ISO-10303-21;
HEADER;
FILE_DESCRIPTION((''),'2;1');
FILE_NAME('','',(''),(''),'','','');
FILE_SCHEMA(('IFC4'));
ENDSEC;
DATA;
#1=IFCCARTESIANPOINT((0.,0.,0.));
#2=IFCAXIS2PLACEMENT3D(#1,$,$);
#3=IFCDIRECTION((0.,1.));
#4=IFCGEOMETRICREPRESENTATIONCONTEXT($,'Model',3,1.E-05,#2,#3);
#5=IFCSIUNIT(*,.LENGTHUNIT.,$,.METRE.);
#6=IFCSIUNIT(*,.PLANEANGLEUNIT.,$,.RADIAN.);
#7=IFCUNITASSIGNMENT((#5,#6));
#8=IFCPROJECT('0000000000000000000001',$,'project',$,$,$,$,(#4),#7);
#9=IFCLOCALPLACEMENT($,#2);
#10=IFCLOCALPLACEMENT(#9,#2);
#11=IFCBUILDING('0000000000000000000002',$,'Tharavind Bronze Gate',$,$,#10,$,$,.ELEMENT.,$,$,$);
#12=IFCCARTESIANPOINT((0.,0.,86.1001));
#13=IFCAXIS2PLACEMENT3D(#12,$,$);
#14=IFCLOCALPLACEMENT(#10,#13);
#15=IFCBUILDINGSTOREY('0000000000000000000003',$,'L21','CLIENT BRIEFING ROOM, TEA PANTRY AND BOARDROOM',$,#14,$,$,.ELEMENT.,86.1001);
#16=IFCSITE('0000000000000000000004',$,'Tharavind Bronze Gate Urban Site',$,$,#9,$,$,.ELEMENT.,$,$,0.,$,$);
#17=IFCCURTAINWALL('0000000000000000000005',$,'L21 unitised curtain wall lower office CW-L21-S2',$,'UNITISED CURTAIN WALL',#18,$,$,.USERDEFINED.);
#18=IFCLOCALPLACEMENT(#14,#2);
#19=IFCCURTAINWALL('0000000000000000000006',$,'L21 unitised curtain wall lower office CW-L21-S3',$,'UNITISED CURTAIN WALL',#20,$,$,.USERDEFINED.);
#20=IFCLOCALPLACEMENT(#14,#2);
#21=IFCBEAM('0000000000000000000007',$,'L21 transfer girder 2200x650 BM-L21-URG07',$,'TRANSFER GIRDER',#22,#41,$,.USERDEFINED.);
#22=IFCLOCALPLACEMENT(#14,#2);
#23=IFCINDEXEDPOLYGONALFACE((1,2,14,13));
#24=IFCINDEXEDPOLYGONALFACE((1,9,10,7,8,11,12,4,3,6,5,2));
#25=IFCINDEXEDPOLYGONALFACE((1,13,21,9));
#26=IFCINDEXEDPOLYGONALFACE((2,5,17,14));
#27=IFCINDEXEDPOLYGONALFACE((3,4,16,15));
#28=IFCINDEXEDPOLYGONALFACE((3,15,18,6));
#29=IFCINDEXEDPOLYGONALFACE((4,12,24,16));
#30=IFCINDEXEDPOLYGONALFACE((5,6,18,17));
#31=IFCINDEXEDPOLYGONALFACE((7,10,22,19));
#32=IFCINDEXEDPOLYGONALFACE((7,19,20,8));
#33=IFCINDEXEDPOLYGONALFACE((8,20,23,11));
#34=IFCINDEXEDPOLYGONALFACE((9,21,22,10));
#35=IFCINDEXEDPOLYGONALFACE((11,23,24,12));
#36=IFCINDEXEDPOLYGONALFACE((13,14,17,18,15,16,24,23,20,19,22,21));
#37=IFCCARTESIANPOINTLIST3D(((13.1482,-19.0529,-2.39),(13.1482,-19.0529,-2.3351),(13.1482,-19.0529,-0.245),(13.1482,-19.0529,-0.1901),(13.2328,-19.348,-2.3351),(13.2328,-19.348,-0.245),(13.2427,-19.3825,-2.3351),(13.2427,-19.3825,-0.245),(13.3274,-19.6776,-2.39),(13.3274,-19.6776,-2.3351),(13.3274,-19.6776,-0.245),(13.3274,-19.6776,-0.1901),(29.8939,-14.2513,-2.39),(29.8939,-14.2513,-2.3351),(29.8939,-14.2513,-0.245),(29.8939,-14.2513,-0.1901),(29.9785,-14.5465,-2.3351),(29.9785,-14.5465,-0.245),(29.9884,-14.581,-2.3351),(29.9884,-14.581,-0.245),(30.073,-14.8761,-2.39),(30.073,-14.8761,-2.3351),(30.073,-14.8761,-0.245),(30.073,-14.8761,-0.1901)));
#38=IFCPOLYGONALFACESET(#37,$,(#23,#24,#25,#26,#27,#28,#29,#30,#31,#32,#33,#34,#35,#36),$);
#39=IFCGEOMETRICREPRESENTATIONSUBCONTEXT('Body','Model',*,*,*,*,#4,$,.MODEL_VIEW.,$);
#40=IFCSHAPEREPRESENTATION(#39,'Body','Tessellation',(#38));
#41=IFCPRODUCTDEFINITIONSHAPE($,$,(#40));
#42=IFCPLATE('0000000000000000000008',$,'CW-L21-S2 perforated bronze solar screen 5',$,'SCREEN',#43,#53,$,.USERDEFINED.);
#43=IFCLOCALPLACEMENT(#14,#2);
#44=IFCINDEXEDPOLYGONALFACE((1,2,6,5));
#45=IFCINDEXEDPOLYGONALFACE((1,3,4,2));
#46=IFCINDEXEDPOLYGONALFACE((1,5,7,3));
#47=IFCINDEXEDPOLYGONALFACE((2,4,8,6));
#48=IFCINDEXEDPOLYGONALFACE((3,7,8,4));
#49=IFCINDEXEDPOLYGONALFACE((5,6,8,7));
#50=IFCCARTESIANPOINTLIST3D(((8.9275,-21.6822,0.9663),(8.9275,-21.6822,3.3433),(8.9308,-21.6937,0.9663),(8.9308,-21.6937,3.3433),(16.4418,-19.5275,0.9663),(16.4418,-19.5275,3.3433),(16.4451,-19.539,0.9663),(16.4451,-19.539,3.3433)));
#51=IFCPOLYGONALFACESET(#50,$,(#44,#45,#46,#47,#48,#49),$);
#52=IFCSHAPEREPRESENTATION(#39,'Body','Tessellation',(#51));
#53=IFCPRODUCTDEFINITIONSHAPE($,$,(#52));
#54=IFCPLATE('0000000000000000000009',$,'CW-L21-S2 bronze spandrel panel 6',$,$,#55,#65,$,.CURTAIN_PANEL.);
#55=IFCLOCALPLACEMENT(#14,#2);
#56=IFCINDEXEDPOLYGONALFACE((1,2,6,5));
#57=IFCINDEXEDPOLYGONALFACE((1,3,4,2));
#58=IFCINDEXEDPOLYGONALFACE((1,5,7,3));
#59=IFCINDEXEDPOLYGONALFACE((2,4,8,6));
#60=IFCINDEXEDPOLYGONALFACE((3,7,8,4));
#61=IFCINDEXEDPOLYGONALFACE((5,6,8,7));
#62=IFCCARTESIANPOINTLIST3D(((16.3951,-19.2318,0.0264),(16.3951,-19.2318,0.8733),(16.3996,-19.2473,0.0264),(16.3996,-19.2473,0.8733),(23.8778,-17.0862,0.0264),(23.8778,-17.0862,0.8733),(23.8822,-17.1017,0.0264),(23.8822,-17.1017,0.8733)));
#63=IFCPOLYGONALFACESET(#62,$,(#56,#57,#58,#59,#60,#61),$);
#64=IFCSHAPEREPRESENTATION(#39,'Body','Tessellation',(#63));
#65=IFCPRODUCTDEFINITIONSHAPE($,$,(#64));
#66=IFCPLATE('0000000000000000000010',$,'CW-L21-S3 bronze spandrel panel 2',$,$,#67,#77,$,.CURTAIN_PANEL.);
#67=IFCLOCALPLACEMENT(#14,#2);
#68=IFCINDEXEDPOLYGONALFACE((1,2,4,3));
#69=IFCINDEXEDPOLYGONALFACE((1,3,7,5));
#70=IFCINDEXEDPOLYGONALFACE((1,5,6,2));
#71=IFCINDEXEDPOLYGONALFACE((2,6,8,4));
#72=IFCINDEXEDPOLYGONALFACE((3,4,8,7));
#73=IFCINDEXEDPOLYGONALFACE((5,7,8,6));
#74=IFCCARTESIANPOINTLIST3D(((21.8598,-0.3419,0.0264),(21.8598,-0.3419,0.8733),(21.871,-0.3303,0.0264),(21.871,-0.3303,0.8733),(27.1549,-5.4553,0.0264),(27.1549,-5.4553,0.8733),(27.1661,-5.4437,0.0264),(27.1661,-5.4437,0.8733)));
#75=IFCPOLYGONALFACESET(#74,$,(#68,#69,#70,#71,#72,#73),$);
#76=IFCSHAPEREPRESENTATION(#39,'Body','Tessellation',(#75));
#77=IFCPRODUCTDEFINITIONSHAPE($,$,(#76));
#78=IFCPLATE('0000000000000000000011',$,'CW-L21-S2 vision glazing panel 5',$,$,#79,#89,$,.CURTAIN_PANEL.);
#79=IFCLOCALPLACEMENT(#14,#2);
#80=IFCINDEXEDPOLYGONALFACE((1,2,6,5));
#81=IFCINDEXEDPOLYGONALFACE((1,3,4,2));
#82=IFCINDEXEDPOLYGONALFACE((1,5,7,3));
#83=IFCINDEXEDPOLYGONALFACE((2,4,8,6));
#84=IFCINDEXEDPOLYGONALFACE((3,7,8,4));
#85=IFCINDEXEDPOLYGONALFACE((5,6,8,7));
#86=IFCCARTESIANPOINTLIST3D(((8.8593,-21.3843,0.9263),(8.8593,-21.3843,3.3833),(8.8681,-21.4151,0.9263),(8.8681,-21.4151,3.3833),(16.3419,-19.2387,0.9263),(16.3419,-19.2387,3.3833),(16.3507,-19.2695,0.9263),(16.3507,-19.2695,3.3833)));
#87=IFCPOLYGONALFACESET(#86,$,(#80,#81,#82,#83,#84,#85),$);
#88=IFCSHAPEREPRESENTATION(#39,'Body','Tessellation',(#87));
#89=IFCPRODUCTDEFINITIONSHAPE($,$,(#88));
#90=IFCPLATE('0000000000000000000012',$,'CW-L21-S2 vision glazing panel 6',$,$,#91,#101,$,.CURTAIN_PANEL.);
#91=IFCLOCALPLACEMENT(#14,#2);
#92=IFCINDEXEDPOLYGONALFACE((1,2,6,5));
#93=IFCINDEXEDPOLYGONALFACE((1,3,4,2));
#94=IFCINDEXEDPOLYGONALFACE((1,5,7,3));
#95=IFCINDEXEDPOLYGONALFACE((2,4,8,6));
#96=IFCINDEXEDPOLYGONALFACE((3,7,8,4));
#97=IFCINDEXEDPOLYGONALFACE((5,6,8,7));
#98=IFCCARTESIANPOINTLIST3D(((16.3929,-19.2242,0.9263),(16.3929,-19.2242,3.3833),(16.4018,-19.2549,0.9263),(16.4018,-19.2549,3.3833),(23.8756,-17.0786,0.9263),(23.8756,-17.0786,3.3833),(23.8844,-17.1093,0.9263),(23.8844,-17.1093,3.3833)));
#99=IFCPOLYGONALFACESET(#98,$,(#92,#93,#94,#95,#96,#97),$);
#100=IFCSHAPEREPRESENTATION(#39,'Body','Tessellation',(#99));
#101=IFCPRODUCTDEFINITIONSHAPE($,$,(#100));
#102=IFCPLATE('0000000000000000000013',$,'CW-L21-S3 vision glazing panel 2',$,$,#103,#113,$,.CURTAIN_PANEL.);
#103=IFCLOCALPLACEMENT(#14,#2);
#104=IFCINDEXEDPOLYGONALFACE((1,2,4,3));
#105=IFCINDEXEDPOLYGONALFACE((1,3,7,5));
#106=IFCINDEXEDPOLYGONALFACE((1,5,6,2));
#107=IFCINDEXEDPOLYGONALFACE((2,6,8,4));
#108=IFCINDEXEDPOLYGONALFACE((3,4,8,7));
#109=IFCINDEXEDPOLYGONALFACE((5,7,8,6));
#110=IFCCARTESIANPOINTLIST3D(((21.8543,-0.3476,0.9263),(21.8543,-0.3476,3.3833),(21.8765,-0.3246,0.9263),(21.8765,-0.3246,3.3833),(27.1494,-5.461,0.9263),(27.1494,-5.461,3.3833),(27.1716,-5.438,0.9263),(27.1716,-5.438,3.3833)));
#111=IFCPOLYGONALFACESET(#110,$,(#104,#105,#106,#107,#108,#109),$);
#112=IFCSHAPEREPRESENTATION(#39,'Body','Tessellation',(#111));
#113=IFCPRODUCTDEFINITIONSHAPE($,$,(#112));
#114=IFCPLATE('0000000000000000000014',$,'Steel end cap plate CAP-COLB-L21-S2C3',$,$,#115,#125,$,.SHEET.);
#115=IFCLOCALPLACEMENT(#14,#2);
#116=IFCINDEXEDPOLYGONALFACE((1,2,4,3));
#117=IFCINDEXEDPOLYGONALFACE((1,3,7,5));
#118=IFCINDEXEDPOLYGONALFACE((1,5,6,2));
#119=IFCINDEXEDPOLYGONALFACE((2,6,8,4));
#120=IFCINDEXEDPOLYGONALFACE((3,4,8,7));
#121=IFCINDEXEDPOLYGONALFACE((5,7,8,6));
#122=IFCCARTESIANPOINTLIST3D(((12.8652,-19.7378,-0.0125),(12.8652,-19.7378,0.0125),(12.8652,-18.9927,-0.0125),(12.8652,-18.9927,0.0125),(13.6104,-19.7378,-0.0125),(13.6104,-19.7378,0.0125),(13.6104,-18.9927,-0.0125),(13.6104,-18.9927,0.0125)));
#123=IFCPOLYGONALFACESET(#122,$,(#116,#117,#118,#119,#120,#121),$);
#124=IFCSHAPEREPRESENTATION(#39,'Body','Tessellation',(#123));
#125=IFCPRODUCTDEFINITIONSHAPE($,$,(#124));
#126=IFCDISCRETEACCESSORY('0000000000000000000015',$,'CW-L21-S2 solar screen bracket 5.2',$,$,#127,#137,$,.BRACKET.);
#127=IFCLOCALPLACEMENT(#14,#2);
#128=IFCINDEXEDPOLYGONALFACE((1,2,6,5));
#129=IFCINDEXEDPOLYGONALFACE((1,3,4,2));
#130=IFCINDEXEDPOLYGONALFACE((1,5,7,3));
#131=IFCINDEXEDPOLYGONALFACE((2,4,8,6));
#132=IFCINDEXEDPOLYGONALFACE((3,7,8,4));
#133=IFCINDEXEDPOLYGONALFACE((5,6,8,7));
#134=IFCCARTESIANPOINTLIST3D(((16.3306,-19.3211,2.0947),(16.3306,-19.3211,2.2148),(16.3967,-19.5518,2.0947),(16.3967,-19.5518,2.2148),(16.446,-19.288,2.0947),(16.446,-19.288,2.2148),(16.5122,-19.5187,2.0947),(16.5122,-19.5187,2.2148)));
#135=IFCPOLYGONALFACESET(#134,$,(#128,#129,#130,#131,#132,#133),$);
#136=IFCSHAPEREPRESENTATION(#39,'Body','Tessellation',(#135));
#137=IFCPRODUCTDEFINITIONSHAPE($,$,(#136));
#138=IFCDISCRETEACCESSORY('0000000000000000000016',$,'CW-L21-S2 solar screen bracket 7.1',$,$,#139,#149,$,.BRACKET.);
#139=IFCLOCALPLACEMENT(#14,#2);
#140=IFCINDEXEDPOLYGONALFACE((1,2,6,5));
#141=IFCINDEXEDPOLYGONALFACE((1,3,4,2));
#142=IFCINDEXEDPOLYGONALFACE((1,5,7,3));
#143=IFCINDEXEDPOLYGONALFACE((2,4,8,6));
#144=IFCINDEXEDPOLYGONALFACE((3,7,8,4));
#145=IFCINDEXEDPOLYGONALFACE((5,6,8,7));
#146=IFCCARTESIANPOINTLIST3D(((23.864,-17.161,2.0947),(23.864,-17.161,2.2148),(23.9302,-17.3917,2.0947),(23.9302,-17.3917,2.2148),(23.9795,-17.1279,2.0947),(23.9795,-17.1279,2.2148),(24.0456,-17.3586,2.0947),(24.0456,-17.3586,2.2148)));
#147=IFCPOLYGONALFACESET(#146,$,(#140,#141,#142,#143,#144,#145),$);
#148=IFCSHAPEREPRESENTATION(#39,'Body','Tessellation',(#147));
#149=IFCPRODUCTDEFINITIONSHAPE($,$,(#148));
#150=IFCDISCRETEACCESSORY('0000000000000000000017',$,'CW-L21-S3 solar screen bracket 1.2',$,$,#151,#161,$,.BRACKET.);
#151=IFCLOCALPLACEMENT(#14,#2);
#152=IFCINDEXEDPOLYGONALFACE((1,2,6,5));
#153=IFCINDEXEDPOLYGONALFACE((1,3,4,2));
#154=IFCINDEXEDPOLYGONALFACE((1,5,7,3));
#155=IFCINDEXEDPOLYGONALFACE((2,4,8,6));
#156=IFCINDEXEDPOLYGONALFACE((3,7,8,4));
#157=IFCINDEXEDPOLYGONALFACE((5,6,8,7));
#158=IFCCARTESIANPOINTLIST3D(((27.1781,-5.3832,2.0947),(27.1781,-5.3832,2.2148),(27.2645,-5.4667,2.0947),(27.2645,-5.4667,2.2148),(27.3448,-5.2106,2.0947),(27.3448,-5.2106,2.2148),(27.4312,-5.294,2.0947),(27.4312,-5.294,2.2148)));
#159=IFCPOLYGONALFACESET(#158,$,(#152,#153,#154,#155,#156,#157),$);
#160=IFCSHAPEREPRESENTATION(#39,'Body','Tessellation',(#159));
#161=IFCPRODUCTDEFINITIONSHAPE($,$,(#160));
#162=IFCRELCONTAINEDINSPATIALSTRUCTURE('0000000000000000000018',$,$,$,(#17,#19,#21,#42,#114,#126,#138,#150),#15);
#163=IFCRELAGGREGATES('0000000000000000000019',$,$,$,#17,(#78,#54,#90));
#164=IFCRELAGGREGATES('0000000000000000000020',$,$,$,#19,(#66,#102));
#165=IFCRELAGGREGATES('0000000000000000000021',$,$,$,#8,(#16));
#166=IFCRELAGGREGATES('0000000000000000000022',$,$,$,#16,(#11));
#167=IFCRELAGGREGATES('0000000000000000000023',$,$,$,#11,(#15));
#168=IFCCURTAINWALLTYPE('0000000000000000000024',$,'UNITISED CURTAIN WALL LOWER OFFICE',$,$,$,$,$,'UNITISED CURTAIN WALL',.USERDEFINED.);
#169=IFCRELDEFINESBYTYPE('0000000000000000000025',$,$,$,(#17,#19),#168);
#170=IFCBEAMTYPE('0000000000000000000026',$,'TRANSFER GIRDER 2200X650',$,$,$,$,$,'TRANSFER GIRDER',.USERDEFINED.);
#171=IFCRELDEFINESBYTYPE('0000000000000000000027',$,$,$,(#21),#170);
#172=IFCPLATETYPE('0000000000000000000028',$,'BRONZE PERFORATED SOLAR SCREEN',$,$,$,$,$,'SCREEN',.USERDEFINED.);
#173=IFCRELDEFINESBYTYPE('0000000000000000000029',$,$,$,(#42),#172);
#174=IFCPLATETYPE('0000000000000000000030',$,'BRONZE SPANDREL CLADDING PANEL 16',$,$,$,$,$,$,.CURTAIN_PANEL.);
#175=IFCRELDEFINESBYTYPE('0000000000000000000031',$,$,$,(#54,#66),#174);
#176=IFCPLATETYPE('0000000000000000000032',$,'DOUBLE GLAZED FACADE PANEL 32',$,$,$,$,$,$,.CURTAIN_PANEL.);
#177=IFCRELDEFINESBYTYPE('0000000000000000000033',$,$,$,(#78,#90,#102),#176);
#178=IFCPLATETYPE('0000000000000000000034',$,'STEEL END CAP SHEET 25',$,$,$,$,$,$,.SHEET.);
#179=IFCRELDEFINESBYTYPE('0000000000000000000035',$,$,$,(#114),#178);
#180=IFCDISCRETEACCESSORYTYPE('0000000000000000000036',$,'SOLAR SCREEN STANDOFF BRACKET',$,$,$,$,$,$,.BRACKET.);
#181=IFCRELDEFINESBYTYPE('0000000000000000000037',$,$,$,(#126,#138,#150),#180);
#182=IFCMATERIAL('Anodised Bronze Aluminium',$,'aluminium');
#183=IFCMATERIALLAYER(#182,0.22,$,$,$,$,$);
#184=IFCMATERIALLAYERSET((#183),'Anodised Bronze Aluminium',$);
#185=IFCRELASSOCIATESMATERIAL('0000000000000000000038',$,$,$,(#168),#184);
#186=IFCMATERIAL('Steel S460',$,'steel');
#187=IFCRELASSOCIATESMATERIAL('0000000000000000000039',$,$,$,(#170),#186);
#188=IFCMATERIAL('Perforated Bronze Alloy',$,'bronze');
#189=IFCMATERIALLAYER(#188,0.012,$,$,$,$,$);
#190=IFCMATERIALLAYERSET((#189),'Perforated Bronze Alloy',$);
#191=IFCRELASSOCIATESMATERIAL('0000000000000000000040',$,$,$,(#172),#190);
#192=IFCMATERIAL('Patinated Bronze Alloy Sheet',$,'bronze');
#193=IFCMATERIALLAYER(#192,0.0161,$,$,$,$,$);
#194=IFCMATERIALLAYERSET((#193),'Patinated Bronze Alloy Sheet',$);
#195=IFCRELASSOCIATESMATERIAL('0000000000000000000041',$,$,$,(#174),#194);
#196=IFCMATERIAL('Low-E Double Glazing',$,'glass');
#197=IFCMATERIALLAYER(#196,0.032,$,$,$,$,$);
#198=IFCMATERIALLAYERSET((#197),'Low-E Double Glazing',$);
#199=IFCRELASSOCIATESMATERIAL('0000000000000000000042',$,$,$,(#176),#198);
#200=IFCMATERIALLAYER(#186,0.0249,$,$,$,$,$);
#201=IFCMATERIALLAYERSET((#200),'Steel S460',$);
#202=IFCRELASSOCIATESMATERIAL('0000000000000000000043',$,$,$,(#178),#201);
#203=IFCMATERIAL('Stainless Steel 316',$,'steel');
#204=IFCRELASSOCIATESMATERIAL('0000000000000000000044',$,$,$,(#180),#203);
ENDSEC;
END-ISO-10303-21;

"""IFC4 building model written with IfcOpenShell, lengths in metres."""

from ifc_helpers import new_model, si_unit, direction, frame, origin, origin_2d, place, context, subcontext, project, spatial, rectangle, i_section, extrude, material, layer, layer_set, material_profile, profile_set, type_object, element, aggregate, save


model = new_model("IFC4")

# Units and contexts
model_context = context("Model", 3, precision=1e-05, world=origin(), true_north=direction((0.0, 1.0)))
body_context = subcontext(model_context, "Body", "Model", "MODEL_VIEW")
ifc_project = project(units=[si_unit("LENGTHUNIT", "METRE"), si_unit("PLANEANGLEUNIT", "RADIAN")], contexts=[model_context])

# Site, building, storey
site_placement = place(None, origin())
site = spatial("IfcSite", under=ifc_project, at=site_placement, Name="Tharavind Bronze Gate Urban Site", CompositionType="ELEMENT", RefElevation=0.0)
building_placement = place(site_placement, origin())
building = spatial("IfcBuilding", under=site, at=building_placement, Name="Tharavind Bronze Gate", CompositionType="ELEMENT")
storey_placement = place(building_placement, frame((0.0, 0.0, 86.1001)))
storey = spatial("IfcBuildingStorey", under=building, at=storey_placement, Name="L21", Description="CLIENT BRIEFING ROOM, TEA PANTRY AND BOARDROOM", CompositionType="ELEMENT", Elevation=86.1001)

# Shared definitions
ifc_material_1 = material(Name="Steel S460", Category="steel")

# Curtain wall
ifc_material_2 = material(Name="Anodised Bronze Aluminium", Category="aluminium")
ifc_layer_1 = layer(ifc_material_2, 0.22)
ifc_layer_set_1 = layer_set([ifc_layer_1], Name="Anodised Bronze Aluminium")
curtain_wall_type = type_object("IfcCurtainWallType", Name="UNITISED CURTAIN WALL LOWER OFFICE", ElementType="UNITISED CURTAIN WALL", PredefinedType="USERDEFINED", material=ifc_layer_set_1)
curtain_wall_1_placement = place(storey_placement, origin())
curtain_wall_1 = element("IfcCurtainWall", 1, at=curtain_wall_1_placement, inside=storey, type_object=curtain_wall_type, Name="L21 unitised curtain wall lower office CW-L21-S2", ObjectType="UNITISED CURTAIN WALL", PredefinedType="USERDEFINED")

# Curtain wall
curtain_wall_2_placement = place(storey_placement, origin())
curtain_wall_2 = element("IfcCurtainWall", 2, at=curtain_wall_2_placement, inside=storey, type_object=curtain_wall_type, Name="L21 unitised curtain wall lower office CW-L21-S3", ObjectType="UNITISED CURTAIN WALL", PredefinedType="USERDEFINED")

# Beam
ifc_material_profile_1 = material_profile(ifc_material_1, i_section(OverallWidth=0.6499, OverallDepth=2.2, WebThickness=0.0359, FlangeThickness=0.0549, at=origin_2d()), Name="PG2200X650")
ifc_profile_set_1 = profile_set([ifc_material_profile_1], Name="Steel S460")
beam_type_1 = type_object("IfcBeamType", Name="TRANSFER GIRDER 2200X650", ElementType="TRANSFER GIRDER", PredefinedType="USERDEFINED", material=ifc_profile_set_1)
beam_1_placement = place(storey_placement, frame((13.2378, -19.3652, -1.29), z_axis=(0.961265, 0.275626, 0.0), x_axis=(-0.275626, 0.961265, 0.0)))
element("IfcBeam", 3, at=beam_1_placement, inside=storey, type_object=beam_type_1, Name="L21 transfer girder 2200x650 BM-L21-URG07", ObjectType="TRANSFER GIRDER", PredefinedType="USERDEFINED", context=body_context, shape_type="SweptSolid", body=[
    extrude(i_section(OverallWidth=0.6499, OverallDepth=2.2, WebThickness=0.0359, FlangeThickness=0.0549, at=origin_2d()), origin(), (0.0, 0.0, 1.0), 17.4204),
])

# Plates
ifc_material_3 = material(Name="Perforated Bronze Alloy", Category="bronze")
ifc_layer_2 = layer(ifc_material_3, 0.012)
ifc_layer_set_2 = layer_set([ifc_layer_2], Name="Perforated Bronze Alloy")
plate_type_1 = type_object("IfcPlateType", Name="BRONZE PERFORATED SOLAR SCREEN", ElementType="SCREEN", PredefinedType="USERDEFINED", material=ifc_layer_set_2)
plate_1_placement = place(storey_placement, frame((12.6863, -20.6106, 0.9663), z_axis=(0.0, 0.0, 1.0), x_axis=(0.961262, 0.275637, 0.0)))
element("IfcPlate", 4, at=plate_1_placement, inside=storey, type_object=plate_type_1, Name="CW-L21-S2 perforated bronze solar screen 5", ObjectType="SCREEN", PredefinedType="USERDEFINED", context=body_context, shape_type="SweptSolid", body=[
    extrude(rectangle(XDim=7.8171, YDim=0.012, at=origin_2d()), origin(), (0.0, 0.0, 1.0), 2.377),
])
ifc_material_4 = material(Name="Patinated Bronze Alloy Sheet", Category="bronze")
ifc_layer_3 = layer(ifc_material_4, 0.0161)
ifc_layer_set_3 = layer_set([ifc_layer_3], Name="Patinated Bronze Alloy Sheet")
plate_type_2 = type_object("IfcPlateType", Name="BRONZE SPANDREL CLADDING PANEL 16", PredefinedType="CURTAIN_PANEL", material=ifc_layer_set_3)
plate_2_placement = place(storey_placement, frame((20.1387, -18.1667, 0.0264), z_axis=(0.0, 0.0, 1.0), x_axis=(0.961262, 0.275637, 0.0)))
plate_2 = element("IfcPlate", 5, at=plate_2_placement, type_object=plate_type_2, Name="CW-L21-S2 bronze spandrel panel 6", PredefinedType="CURTAIN_PANEL", context=body_context, shape_type="SweptSolid", body=[
    extrude(rectangle(XDim=7.7842, YDim=0.0161, at=origin_2d()), origin(), (0.0, 0.0, 1.0), 0.8469),
])
plate_3_placement = place(storey_placement, frame((24.5129, -2.8928, 0.0264), z_axis=(0.0, 0.0, 1.0), x_axis=(-0.719341, 0.694657, 0.0)))
plate_3 = element("IfcPlate", 6, at=plate_3_placement, type_object=plate_type_2, Name="CW-L21-S3 bronze spandrel panel 2", PredefinedType="CURTAIN_PANEL", context=body_context, shape_type="SweptSolid", body=[
    extrude(rectangle(XDim=7.3611, YDim=0.0161, at=origin_2d()), origin(), (0.0, 0.0, 1.0), 0.8469),
])
ifc_material_5 = material(Name="Low-E Double Glazing", Category="glass")
ifc_layer_4 = layer(ifc_material_5, 0.032)
ifc_layer_set_4 = layer_set([ifc_layer_4], Name="Low-E Double Glazing")
plate_type_3 = type_object("IfcPlateType", Name="DOUBLE GLAZED FACADE PANEL 32", PredefinedType="CURTAIN_PANEL", material=ifc_layer_set_4)
plate_4_placement = place(storey_placement, frame((12.605, -20.3269, 0.9263), z_axis=(0.0, 0.0, 1.0), x_axis=(0.961262, 0.275637, 0.0)))
plate_4 = element("IfcPlate", 7, at=plate_4_placement, type_object=plate_type_3, Name="CW-L21-S2 vision glazing panel 5", PredefinedType="CURTAIN_PANEL", context=body_context, shape_type="SweptSolid", body=[
    extrude(rectangle(XDim=7.7842, YDim=0.032, at=origin_2d()), origin(), (0.0, 0.0, 1.0), 2.457),
])
plate_5_placement = place(storey_placement, frame((20.1387, -18.1667, 0.9263), z_axis=(0.0, 0.0, 1.0), x_axis=(0.961262, 0.275637, 0.0)))
plate_5 = element("IfcPlate", 8, at=plate_5_placement, type_object=plate_type_3, Name="CW-L21-S2 vision glazing panel 6", PredefinedType="CURTAIN_PANEL", context=body_context, shape_type="SweptSolid", body=[
    extrude(rectangle(XDim=7.7842, YDim=0.032, at=origin_2d()), origin(), (0.0, 0.0, 1.0), 2.457),
])
aggregate(curtain_wall_1, [plate_4, plate_2, plate_5])
plate_6_placement = place(storey_placement, frame((24.5129, -2.8928, 0.9263), z_axis=(0.0, 0.0, 1.0), x_axis=(-0.719341, 0.694657, 0.0)))
plate_6 = element("IfcPlate", 9, at=plate_6_placement, type_object=plate_type_3, Name="CW-L21-S3 vision glazing panel 2", PredefinedType="CURTAIN_PANEL", context=body_context, shape_type="SweptSolid", body=[
    extrude(rectangle(XDim=7.3611, YDim=0.032, at=origin_2d()), origin(), (0.0, 0.0, 1.0), 2.457),
])
aggregate(curtain_wall_2, [plate_3, plate_6])
ifc_layer_5 = layer(ifc_material_1, 0.0249)
ifc_layer_set_5 = layer_set([ifc_layer_5], Name="Steel S460")
plate_type_4 = type_object("IfcPlateType", Name="STEEL END CAP SHEET 25", PredefinedType="SHEET", material=ifc_layer_set_5)
plate_7_placement = place(storey_placement, frame((13.2378, -19.3652, -0.0125), z_axis=(0.0, 0.0, 1.0), x_axis=(1.0, 0.0, 0.0)))
element("IfcPlate", 10, at=plate_7_placement, inside=storey, type_object=plate_type_4, Name="Steel end cap plate CAP-COLB-L21-S2C3", PredefinedType="SHEET", context=body_context, shape_type="SweptSolid", body=[
    extrude(rectangle(XDim=0.7451, YDim=0.7451, at=origin_2d()), origin(), (0.0, 0.0, 1.0), 0.0249),
])

# Discrete accessories
ifc_material_6 = material(Name="Stainless Steel 316", Category="steel")
discrete_accessory_type = type_object("IfcDiscreteAccessoryType", Name="SOLAR SCREEN STANDOFF BRACKET", PredefinedType="BRACKET", material=ifc_material_6)
for number, where, z_axis, x_axis, name in (
    (11, (16.4214, -19.4199, 2.0947), (0.0, 0.0, 1.0), (0.961262, 0.275637, 0.0), "CW-L21-S2 solar screen bracket 5.2"),
    (12, (23.9548, -17.2598, 2.0947), (0.0, 0.0, 1.0), (0.961262, 0.275637, 0.0), "CW-L21-S2 solar screen bracket 7.1"),
    (13, (27.3047, -5.3386, 2.0947), (0.0, 0.0, 1.0), (-0.719341, 0.694657, 0.0), "CW-L21-S3 solar screen bracket 1.2"),
):
    element("IfcDiscreteAccessory", number, at=place(storey_placement, frame(where, z_axis=z_axis, x_axis=x_axis)), inside=storey, type_object=discrete_accessory_type, Name=name, PredefinedType="BRACKET", context=body_context, shape_type="SweptSolid", body=[
        extrude(rectangle(XDim=0.1201, YDim=0.24, at=origin_2d()), origin(), (0.0, 0.0, 1.0), 0.1201),
    ])

save(model, "model.ifc")
